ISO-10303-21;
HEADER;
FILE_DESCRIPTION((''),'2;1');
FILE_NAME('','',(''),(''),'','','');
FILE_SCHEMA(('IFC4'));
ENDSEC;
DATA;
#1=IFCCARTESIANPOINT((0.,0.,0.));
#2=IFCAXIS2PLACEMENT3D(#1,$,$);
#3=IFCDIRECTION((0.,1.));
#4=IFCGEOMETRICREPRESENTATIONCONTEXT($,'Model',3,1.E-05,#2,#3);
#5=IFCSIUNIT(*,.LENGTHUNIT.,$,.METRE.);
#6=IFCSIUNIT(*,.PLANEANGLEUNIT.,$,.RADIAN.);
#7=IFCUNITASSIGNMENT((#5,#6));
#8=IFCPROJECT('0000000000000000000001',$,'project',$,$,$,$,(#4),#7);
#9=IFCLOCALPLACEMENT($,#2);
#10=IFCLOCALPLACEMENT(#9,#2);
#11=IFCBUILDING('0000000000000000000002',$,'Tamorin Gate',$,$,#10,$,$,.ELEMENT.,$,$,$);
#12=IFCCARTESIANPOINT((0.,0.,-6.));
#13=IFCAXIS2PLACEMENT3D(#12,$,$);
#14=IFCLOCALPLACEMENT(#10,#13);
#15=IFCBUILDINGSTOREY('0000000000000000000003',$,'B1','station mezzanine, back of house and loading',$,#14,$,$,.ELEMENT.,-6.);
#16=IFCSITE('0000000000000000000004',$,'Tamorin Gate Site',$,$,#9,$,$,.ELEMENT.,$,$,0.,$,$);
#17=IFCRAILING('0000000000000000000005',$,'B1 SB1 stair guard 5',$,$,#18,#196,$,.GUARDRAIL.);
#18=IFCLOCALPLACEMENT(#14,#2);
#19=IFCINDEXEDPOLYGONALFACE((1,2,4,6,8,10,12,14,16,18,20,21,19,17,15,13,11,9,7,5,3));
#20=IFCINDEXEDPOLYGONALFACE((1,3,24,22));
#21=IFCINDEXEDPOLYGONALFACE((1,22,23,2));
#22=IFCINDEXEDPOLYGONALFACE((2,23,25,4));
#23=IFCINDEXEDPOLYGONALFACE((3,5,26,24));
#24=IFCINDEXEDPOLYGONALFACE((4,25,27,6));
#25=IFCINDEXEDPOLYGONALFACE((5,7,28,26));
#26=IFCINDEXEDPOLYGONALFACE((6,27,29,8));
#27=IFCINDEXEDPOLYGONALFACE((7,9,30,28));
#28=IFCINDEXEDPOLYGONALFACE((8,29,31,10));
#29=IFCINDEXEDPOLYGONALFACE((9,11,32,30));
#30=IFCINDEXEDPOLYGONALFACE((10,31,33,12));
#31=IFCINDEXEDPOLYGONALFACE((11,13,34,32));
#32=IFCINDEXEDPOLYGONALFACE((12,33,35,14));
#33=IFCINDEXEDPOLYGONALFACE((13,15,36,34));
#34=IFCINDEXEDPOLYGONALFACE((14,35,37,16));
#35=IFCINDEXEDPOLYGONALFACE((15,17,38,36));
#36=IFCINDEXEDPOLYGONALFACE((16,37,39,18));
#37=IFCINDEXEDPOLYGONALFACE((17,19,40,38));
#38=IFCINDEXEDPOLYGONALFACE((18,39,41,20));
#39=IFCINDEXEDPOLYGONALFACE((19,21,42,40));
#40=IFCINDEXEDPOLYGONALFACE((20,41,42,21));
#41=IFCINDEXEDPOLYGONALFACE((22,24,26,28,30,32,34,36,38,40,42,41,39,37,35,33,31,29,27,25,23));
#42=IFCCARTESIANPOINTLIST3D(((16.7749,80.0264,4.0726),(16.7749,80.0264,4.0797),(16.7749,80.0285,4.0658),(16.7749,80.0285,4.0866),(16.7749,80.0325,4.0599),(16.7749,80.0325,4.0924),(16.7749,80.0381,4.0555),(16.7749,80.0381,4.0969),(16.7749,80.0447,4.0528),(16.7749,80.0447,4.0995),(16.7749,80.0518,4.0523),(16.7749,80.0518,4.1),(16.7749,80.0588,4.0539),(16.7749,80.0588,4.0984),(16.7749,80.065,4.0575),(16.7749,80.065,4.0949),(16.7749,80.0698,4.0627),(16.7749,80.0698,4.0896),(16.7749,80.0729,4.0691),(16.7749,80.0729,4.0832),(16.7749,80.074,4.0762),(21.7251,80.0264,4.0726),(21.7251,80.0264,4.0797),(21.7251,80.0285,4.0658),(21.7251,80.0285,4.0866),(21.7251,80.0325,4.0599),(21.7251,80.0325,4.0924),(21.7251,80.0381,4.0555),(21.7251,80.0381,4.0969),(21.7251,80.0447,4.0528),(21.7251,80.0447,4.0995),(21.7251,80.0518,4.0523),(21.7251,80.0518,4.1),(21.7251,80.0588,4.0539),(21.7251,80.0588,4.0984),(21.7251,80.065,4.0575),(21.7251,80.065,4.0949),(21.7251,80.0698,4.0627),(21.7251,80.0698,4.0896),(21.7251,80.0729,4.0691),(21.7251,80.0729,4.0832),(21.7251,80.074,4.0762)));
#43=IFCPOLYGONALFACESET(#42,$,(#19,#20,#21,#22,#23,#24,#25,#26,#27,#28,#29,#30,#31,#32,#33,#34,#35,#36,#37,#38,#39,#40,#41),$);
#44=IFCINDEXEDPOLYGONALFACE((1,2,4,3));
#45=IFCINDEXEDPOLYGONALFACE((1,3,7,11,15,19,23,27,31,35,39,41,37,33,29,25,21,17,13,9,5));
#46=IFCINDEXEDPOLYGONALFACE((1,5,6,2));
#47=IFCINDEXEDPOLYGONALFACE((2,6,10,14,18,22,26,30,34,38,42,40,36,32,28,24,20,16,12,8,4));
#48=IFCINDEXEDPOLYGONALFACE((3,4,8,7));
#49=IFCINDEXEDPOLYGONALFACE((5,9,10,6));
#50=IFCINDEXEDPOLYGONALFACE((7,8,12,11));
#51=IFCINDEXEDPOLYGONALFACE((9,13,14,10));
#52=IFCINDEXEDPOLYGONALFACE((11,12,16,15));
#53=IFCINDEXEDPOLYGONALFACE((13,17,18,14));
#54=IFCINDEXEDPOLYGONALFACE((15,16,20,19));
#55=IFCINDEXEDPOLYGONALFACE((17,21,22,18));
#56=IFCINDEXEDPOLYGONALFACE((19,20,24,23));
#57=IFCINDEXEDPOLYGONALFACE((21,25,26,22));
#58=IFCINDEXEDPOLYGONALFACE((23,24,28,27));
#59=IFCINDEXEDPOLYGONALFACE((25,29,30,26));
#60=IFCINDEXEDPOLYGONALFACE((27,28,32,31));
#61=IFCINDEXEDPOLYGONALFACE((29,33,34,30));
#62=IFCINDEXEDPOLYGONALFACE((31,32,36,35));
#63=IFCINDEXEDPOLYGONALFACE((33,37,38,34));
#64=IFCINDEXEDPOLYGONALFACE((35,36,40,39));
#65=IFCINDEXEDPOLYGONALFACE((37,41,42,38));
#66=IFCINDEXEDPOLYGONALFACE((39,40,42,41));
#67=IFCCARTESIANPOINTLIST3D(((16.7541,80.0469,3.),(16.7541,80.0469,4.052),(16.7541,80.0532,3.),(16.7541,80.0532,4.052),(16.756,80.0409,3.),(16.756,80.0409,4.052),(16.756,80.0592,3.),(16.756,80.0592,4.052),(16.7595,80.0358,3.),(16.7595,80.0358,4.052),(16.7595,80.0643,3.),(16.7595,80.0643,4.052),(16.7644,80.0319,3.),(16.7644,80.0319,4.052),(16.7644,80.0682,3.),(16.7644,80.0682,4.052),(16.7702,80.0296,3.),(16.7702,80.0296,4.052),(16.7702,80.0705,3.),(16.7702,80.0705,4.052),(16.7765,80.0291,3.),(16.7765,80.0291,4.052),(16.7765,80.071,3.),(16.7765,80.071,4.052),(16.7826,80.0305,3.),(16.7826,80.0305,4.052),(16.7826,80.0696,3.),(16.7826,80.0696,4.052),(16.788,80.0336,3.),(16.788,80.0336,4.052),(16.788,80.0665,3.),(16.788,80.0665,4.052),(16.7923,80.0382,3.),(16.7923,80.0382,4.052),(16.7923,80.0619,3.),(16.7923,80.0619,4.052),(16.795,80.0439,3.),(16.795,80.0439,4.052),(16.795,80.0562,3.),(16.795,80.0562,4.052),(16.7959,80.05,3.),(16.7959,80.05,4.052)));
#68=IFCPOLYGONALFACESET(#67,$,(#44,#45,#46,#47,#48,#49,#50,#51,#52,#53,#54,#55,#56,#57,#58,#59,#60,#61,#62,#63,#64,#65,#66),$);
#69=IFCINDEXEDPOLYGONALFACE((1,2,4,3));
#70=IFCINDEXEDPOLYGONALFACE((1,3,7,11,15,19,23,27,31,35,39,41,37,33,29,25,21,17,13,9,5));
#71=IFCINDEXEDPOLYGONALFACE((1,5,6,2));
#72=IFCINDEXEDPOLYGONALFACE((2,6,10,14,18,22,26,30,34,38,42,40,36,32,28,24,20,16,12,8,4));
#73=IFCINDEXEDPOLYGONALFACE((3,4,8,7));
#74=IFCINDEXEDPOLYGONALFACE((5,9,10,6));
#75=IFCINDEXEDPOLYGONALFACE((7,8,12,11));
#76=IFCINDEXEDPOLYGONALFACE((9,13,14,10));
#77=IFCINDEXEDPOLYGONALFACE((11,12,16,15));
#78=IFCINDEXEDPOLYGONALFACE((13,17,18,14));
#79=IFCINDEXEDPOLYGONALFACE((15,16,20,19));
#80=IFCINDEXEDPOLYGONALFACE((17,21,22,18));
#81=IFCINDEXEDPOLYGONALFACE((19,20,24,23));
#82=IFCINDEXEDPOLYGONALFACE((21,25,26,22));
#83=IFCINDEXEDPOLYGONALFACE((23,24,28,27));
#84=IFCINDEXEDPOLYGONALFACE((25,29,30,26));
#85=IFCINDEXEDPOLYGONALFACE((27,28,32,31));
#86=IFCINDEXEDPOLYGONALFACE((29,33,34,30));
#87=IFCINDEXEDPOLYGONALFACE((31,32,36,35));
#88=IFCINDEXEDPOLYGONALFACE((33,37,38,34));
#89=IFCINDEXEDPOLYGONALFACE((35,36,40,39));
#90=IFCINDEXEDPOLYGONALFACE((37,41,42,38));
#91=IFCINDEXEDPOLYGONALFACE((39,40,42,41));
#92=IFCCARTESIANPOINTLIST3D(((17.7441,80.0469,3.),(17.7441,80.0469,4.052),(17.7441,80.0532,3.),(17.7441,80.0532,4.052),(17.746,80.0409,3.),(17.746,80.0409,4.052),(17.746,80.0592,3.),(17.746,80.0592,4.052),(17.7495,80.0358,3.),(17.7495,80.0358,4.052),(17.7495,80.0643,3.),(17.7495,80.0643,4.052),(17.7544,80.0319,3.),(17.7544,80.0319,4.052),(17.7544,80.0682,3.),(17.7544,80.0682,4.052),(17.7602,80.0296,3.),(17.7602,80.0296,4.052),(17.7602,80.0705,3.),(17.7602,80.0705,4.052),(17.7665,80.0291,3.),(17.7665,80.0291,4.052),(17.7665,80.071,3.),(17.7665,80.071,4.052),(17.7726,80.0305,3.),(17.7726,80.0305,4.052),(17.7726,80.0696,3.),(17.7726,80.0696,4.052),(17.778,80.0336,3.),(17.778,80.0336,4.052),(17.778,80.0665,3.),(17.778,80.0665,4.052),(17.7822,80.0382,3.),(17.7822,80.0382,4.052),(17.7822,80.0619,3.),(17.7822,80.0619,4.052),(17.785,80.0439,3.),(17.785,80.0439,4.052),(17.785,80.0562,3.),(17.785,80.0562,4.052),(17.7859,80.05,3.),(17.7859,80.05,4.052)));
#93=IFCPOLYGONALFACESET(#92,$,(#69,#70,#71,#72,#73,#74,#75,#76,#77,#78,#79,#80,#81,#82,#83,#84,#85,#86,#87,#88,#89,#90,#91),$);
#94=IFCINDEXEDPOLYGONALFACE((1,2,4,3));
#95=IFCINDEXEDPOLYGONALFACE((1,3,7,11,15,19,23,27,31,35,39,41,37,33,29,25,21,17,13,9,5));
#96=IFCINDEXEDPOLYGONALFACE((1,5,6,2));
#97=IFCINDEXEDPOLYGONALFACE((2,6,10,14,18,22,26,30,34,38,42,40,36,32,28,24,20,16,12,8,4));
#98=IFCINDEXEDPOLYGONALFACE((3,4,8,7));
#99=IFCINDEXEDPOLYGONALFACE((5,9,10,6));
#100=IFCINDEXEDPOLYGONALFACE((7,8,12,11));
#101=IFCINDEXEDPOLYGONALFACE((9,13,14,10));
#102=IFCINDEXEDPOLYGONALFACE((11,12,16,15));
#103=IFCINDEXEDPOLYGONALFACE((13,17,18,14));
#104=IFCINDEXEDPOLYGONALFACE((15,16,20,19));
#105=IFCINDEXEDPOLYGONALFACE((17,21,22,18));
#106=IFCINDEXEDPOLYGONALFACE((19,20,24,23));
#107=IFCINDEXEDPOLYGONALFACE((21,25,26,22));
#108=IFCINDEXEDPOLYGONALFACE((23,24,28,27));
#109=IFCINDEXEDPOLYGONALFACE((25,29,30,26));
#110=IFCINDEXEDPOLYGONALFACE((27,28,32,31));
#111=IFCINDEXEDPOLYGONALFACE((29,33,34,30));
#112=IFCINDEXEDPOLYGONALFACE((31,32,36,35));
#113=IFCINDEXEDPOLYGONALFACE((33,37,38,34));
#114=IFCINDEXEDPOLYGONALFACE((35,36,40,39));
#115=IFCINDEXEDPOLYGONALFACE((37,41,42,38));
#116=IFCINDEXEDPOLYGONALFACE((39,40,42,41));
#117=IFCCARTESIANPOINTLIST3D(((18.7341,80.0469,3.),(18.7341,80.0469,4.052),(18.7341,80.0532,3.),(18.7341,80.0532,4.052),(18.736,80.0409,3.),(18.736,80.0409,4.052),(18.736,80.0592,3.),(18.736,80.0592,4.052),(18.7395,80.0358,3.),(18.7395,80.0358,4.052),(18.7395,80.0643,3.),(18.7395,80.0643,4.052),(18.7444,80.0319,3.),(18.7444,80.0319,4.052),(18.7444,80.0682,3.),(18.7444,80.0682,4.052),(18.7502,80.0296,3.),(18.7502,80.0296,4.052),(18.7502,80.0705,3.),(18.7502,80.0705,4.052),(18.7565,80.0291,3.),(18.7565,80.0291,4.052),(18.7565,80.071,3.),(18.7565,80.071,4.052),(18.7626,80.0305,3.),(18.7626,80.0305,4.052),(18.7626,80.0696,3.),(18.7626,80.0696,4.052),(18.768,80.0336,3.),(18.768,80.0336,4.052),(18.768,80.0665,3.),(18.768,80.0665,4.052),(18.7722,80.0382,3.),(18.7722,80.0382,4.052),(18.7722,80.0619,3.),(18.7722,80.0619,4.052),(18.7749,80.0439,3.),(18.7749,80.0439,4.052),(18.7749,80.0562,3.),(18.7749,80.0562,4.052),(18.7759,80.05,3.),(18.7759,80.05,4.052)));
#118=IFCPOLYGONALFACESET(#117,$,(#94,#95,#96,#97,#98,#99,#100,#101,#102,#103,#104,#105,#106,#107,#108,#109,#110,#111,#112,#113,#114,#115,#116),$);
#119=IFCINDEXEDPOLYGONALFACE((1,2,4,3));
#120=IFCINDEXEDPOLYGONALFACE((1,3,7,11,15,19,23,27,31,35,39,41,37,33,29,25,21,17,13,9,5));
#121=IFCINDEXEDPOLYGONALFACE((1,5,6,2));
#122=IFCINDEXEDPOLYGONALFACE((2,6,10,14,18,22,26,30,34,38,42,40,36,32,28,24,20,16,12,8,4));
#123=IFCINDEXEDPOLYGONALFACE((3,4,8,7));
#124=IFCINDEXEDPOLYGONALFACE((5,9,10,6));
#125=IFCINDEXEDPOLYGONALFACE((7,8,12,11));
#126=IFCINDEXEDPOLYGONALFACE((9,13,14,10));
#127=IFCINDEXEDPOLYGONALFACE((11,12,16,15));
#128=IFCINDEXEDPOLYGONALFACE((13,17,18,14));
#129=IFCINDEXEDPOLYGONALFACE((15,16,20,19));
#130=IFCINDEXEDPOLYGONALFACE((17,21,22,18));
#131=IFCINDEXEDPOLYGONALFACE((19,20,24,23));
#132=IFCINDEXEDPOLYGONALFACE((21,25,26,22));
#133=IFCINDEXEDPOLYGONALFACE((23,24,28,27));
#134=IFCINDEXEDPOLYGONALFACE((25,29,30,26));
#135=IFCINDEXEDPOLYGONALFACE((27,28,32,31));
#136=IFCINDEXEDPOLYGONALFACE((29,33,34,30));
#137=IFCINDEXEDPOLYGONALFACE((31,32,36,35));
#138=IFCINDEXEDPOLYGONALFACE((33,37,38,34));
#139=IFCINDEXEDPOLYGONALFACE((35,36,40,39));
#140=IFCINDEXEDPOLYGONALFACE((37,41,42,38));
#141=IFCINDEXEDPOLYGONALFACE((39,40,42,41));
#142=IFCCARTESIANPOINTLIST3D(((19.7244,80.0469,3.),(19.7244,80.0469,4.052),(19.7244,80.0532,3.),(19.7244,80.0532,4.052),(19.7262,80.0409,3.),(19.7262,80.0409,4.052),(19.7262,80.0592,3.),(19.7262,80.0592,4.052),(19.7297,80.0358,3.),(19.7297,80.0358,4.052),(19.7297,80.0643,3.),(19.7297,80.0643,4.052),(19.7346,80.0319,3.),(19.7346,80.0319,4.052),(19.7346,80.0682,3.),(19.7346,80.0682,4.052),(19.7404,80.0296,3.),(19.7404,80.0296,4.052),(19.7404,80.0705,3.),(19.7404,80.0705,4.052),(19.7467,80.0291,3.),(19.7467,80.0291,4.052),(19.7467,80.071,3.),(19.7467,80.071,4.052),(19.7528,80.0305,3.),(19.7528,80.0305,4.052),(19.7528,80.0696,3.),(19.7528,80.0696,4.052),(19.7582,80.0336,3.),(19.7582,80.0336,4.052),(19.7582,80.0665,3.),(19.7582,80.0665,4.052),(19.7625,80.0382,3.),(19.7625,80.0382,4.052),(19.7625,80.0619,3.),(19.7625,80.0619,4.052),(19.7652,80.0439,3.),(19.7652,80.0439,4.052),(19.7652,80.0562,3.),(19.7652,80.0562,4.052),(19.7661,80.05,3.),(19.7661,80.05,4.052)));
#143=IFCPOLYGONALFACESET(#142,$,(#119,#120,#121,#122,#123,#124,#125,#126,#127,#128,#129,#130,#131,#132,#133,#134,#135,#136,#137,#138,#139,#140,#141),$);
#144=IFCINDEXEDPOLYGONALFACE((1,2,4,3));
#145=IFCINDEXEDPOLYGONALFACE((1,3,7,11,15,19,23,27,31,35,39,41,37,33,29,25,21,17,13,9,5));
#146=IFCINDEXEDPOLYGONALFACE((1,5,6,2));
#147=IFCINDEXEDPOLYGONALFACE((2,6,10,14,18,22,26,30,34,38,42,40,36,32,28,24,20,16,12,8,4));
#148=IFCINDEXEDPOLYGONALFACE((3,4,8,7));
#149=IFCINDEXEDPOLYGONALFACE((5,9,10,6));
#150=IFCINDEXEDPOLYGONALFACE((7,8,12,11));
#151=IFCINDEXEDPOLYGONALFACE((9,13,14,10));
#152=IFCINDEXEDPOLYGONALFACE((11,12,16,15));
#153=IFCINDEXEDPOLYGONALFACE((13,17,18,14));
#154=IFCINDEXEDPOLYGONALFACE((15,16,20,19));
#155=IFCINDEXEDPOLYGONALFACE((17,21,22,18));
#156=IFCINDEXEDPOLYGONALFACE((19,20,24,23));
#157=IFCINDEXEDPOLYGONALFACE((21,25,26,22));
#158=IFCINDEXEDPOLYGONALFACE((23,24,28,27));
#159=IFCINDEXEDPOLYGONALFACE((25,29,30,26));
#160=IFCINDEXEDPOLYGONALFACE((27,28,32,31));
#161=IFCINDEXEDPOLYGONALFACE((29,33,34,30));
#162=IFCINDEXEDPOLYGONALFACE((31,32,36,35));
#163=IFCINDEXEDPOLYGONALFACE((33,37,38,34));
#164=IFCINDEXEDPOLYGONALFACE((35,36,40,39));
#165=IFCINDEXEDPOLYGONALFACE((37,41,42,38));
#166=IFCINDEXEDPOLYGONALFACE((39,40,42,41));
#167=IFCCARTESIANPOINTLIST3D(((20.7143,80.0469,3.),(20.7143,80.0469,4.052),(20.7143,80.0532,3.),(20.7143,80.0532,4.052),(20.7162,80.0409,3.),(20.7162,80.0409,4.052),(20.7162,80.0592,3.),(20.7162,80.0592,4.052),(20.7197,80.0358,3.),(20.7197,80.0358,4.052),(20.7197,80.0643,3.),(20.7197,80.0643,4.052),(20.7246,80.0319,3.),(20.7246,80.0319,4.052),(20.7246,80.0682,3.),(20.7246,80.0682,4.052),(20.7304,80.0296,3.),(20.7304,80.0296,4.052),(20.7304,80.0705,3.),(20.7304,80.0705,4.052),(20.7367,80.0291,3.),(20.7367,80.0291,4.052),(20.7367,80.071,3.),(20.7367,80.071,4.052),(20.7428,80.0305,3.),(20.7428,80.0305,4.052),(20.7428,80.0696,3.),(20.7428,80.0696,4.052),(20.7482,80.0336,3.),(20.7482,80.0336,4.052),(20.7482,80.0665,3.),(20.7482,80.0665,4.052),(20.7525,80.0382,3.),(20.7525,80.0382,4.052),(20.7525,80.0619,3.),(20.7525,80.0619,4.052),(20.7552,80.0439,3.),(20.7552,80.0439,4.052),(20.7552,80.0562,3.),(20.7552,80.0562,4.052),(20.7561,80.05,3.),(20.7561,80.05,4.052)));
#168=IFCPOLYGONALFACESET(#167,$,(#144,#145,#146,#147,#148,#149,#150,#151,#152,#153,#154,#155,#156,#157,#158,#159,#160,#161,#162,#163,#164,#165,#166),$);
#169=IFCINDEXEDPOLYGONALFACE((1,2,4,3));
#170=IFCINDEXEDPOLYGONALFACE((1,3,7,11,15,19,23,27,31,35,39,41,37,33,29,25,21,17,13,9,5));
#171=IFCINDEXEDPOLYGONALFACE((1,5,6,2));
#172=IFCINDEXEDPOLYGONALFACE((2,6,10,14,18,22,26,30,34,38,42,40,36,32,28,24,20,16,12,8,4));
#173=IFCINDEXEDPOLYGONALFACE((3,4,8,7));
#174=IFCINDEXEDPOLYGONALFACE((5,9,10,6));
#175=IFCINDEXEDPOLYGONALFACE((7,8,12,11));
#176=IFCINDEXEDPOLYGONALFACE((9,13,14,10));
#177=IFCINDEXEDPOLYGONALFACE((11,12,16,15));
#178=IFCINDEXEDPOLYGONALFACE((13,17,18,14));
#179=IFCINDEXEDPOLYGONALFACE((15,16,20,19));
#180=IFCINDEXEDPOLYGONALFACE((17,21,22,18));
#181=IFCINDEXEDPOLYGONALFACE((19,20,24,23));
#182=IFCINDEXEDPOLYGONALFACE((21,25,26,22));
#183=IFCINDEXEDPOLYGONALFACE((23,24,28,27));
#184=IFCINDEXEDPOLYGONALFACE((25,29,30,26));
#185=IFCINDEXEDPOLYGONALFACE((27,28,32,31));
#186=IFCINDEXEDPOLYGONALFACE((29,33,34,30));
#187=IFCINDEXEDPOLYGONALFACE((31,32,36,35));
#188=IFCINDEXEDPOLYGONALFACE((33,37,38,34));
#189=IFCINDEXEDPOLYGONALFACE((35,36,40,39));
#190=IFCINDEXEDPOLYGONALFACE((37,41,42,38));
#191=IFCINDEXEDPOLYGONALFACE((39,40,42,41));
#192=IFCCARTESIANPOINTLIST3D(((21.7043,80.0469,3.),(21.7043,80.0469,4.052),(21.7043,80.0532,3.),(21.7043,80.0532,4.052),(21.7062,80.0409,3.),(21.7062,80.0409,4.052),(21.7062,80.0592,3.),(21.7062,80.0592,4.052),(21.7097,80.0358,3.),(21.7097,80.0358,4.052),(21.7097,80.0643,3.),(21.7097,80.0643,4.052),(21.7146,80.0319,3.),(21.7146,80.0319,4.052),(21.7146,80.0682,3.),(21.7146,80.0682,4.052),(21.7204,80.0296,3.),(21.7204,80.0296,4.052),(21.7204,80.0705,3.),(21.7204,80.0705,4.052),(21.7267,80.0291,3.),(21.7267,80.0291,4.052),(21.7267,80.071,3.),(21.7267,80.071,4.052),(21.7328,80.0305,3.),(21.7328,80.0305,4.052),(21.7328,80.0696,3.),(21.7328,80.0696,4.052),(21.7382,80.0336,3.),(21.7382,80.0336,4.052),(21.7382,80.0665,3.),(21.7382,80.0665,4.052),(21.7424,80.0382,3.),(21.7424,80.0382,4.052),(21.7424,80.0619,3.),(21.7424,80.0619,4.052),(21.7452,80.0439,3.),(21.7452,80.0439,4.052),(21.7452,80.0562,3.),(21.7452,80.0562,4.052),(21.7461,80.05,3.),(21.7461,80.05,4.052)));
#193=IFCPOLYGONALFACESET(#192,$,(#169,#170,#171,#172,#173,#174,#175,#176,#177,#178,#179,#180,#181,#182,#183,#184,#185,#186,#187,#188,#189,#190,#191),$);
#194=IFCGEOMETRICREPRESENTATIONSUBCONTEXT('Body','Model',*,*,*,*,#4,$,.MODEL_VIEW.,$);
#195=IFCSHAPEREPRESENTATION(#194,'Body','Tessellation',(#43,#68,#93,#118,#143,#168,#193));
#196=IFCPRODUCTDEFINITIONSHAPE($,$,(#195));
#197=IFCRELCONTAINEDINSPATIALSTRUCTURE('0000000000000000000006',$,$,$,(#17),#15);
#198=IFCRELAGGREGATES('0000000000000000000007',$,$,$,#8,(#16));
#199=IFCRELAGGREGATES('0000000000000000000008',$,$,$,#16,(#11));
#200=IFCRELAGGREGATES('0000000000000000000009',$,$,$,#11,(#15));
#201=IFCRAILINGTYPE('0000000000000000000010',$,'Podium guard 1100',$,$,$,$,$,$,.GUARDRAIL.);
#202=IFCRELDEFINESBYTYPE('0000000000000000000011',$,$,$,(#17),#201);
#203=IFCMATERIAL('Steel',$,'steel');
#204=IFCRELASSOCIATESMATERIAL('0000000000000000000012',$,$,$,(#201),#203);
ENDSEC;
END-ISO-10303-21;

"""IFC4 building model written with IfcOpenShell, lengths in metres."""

from ifc_helpers import new_model, si_unit, direction, frame, origin, origin_2d, place, context, subcontext, project, spatial, circle, extrude, material, type_object, element, save


model = new_model("IFC4")

# Units and contexts
model_context = context("Model", 3, precision=1e-05, world=origin(), true_north=direction((0.0, 1.0)))
body_context = subcontext(model_context, "Body", "Model", "MODEL_VIEW")
ifc_project = project(units=[si_unit("LENGTHUNIT", "METRE"), si_unit("PLANEANGLEUNIT", "RADIAN")], contexts=[model_context])

# Site, building, storey
site_placement = place(None, origin())
site = spatial("IfcSite", under=ifc_project, at=site_placement, Name="Tamorin Gate Site", CompositionType="ELEMENT", RefElevation=0.0)
building_placement = place(site_placement, origin())
building = spatial("IfcBuilding", under=site, at=building_placement, Name="Tamorin Gate", CompositionType="ELEMENT")
storey_placement = place(building_placement, frame((0.0, 0.0, -6.0)))
storey = spatial("IfcBuildingStorey", under=building, at=storey_placement, Name="B1", Description="station mezzanine, back of house and loading", CompositionType="ELEMENT", Elevation=-6.0)

# Railing
ifc_material_1 = material(Name="Steel", Category="steel")
railing_type_1 = type_object("IfcRailingType", Name="Podium guard 1100", PredefinedType="GUARDRAIL", material=ifc_material_1)
railing_1_placement = place(storey_placement, frame((16.7749, 80.05, 3.0)))
element("IfcRailing", 1, at=railing_1_placement, inside=storey, type_object=railing_type_1, Name="B1 SB1 stair guard 5", PredefinedType="GUARDRAIL", context=body_context, shape_type="SweptSolid", body=[
    extrude(circle(Radius=0.0239, at=origin_2d()), frame((0.0, 0.0, 1.0762), z_axis=(1.0, 0.0, 0.0), x_axis=(0.0, 1.0, 0.0)), (0.0, 0.0, 1.0), 4.9502),
    extrude(circle(Radius=0.021, at=origin_2d()), origin(), (0.0, 0.0, 1.0), 1.052),
    extrude(circle(Radius=0.021, at=origin_2d()), frame((0.99, 0.0, 0.0)), (0.0, 0.0, 1.0), 1.052),
    extrude(circle(Radius=0.021, at=origin_2d()), frame((1.98, 0.0, 0.0)), (0.0, 0.0, 1.0), 1.052),
    extrude(circle(Radius=0.021, at=origin_2d()), frame((2.9702, 0.0, 0.0)), (0.0, 0.0, 1.0), 1.052),
    extrude(circle(Radius=0.021, at=origin_2d()), frame((3.9602, 0.0, 0.0)), (0.0, 0.0, 1.0), 1.052),
    extrude(circle(Radius=0.021, at=origin_2d()), frame((4.9502, 0.0, 0.0)), (0.0, 0.0, 1.0), 1.052),
])

save(model, "model.ifc")
